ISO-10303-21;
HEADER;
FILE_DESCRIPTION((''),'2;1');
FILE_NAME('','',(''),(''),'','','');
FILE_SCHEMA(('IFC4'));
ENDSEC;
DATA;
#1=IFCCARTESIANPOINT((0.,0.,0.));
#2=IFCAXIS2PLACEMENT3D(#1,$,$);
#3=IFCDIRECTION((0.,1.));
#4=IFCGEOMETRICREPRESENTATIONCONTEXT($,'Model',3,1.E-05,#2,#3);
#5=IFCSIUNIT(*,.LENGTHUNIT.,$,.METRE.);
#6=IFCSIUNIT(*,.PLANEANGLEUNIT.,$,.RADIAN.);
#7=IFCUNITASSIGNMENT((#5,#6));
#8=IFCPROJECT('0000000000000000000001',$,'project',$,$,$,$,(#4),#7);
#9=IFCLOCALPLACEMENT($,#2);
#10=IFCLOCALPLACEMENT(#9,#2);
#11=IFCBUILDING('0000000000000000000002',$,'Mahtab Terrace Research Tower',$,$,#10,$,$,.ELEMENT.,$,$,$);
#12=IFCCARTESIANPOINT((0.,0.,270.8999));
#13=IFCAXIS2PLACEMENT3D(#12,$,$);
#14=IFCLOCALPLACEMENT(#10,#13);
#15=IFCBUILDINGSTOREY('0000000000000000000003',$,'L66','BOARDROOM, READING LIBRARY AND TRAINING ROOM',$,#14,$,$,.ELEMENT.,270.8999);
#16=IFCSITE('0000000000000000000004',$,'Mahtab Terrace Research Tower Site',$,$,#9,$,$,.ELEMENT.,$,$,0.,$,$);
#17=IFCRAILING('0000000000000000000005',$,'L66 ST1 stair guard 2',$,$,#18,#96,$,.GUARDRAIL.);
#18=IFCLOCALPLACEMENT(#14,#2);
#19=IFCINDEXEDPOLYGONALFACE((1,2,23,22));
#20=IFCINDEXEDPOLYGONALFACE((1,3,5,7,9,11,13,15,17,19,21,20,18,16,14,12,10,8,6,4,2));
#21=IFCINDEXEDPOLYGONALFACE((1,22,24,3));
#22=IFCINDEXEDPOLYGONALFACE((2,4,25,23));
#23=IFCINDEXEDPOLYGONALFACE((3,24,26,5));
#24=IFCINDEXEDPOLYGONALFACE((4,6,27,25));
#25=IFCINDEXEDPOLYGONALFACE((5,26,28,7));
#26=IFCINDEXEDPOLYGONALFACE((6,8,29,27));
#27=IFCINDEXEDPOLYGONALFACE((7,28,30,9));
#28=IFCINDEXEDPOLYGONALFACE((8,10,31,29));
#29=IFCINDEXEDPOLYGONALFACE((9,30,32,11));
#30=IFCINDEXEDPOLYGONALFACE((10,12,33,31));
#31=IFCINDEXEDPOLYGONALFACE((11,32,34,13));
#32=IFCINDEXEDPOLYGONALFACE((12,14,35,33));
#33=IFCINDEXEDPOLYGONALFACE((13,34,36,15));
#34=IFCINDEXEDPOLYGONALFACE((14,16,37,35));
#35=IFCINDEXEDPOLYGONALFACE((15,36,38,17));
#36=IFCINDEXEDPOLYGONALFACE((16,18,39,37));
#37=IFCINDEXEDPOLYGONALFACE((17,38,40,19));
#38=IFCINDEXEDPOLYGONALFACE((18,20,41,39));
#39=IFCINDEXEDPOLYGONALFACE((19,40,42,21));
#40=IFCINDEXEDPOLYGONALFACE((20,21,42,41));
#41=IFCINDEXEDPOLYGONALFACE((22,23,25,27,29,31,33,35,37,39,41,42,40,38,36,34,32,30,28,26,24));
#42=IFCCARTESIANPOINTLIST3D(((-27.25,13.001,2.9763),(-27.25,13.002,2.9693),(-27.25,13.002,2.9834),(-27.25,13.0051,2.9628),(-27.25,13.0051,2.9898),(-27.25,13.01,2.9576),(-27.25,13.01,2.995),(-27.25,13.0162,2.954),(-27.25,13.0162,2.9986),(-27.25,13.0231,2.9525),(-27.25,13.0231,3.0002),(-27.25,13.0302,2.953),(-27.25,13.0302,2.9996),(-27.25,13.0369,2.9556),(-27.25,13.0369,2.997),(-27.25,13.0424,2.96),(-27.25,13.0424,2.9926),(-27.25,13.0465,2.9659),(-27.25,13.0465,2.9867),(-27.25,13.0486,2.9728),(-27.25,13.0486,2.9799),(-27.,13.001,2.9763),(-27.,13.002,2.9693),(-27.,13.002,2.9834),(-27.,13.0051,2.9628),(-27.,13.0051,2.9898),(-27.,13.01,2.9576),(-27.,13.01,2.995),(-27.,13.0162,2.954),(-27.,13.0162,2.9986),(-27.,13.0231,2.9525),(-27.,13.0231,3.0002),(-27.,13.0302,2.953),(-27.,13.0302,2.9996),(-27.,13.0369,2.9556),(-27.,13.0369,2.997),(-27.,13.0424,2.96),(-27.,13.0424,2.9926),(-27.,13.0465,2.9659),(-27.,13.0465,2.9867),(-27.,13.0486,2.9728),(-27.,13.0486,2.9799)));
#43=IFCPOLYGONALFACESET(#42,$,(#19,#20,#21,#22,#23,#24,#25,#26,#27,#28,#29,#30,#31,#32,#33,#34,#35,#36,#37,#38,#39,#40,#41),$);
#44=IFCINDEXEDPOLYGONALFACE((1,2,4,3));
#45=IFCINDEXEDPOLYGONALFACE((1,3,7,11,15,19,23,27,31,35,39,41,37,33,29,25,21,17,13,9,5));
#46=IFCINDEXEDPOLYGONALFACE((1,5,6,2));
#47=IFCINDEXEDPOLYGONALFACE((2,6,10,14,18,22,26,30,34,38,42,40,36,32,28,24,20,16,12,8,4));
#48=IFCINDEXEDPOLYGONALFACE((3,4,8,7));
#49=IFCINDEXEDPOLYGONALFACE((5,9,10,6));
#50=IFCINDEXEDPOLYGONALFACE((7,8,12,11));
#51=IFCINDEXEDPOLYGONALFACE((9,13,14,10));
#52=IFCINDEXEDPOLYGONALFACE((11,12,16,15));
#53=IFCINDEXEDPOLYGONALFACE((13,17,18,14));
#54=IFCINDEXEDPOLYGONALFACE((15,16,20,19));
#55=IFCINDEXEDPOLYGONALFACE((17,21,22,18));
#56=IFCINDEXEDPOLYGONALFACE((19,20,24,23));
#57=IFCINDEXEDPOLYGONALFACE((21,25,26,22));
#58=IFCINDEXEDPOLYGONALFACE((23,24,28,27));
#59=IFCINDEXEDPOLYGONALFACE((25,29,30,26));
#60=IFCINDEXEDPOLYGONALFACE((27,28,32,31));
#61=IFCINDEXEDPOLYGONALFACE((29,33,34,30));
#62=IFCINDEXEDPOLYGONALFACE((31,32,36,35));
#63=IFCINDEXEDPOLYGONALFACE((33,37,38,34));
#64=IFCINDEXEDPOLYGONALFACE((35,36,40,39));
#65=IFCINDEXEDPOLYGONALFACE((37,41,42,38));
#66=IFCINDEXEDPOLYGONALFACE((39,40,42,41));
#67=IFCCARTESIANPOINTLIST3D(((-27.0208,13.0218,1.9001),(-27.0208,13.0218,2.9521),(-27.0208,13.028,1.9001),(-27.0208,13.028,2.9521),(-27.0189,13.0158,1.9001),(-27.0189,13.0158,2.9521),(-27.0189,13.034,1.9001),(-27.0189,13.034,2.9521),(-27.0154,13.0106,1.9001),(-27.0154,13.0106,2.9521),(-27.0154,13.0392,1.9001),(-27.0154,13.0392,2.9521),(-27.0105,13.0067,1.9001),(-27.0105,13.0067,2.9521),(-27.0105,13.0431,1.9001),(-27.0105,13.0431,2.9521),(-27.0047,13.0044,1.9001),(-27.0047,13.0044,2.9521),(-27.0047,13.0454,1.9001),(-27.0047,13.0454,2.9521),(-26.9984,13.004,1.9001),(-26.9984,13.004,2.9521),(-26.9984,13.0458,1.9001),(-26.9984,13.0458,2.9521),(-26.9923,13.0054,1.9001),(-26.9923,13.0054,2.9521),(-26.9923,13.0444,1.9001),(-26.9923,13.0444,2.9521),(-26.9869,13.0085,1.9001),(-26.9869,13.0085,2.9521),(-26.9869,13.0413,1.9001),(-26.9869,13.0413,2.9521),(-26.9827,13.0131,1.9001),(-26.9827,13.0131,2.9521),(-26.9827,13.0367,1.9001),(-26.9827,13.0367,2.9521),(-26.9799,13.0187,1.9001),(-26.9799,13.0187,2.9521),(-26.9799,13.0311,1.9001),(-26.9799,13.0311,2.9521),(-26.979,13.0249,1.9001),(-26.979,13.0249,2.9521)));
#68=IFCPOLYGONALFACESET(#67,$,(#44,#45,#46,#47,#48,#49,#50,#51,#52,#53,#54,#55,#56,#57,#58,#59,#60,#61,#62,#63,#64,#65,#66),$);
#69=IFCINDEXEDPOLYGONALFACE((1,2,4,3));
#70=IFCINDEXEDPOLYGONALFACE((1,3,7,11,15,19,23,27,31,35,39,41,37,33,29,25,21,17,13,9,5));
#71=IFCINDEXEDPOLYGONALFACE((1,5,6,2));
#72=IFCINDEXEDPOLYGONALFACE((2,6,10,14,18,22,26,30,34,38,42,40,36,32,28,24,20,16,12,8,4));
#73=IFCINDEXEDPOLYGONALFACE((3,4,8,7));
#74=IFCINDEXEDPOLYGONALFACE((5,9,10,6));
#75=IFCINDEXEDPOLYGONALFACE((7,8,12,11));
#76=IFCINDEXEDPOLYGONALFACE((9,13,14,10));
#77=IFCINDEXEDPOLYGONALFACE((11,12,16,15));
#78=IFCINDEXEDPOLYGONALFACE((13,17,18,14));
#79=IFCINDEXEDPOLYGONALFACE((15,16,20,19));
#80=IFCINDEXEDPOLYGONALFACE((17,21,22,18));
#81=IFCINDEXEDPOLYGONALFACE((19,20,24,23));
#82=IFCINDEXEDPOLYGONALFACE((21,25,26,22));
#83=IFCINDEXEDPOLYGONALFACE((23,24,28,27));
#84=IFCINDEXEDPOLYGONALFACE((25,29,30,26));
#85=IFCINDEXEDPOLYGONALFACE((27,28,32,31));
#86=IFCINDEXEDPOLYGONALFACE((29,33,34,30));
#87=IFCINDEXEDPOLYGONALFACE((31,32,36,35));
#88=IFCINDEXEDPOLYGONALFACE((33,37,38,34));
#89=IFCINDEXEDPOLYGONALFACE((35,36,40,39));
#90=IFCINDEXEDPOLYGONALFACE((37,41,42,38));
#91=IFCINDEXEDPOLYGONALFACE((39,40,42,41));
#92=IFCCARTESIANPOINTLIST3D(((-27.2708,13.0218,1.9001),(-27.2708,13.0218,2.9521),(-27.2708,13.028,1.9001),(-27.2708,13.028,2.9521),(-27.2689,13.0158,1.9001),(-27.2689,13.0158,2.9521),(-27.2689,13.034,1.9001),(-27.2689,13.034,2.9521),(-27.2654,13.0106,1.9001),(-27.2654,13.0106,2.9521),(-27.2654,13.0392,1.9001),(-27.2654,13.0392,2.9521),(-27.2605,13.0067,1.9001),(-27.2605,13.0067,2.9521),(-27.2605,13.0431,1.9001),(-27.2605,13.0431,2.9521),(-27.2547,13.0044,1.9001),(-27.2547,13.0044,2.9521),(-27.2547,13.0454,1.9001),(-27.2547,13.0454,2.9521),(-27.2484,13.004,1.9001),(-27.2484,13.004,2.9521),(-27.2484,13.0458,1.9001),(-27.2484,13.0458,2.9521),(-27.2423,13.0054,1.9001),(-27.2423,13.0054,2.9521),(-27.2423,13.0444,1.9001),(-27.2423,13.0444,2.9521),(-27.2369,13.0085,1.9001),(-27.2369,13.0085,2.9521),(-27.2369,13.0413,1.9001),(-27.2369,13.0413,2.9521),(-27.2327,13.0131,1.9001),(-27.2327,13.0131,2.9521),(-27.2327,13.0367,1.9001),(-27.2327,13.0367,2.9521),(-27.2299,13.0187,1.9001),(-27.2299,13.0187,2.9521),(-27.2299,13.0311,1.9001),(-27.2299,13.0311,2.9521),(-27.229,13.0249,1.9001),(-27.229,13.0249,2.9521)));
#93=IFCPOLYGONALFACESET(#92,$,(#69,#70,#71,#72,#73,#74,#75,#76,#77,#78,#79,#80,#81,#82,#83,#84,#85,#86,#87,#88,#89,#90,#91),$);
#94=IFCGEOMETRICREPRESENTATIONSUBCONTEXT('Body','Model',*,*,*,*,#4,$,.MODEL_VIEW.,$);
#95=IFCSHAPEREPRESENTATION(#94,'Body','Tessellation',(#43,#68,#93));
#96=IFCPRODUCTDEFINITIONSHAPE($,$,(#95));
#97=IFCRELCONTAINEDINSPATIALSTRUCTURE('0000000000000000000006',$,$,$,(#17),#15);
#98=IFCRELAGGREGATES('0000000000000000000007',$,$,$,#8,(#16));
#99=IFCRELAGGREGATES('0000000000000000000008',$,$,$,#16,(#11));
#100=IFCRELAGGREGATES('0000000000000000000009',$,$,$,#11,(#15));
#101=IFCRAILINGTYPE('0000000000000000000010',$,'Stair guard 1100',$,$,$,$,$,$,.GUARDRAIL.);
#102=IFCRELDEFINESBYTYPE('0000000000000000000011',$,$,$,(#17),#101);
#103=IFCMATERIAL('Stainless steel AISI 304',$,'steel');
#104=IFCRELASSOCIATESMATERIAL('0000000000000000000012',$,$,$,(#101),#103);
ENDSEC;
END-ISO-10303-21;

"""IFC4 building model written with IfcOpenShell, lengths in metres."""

from ifc_helpers import new_model, si_unit, direction, frame, origin, origin_2d, place, context, subcontext, project, spatial, circle, extrude, material, type_object, element, save


model = new_model("IFC4")

# Units and contexts
model_context = context("Model", 3, precision=1e-05, world=origin(), true_north=direction((0.0, 1.0)))
body_context = subcontext(model_context, "Body", "Model", "MODEL_VIEW")
ifc_project = project(units=[si_unit("LENGTHUNIT", "METRE"), si_unit("PLANEANGLEUNIT", "RADIAN")], contexts=[model_context])

# Site, building, storey
site_placement = place(None, origin())
site = spatial("IfcSite", under=ifc_project, at=site_placement, Name="Mahtab Terrace Research Tower Site", CompositionType="ELEMENT", RefElevation=0.0)
building_placement = place(site_placement, origin())
building = spatial("IfcBuilding", under=site, at=building_placement, Name="Mahtab Terrace Research Tower", CompositionType="ELEMENT")
storey_placement = place(building_placement, frame((0.0, 0.0, 270.8999)))
storey = spatial("IfcBuildingStorey", under=building, at=storey_placement, Name="L66", Description="BOARDROOM, READING LIBRARY AND TRAINING ROOM", CompositionType="ELEMENT", Elevation=270.8999)

# Railing
ifc_material_1 = material(Name="Stainless steel AISI 304", Category="steel")
railing_type_1 = type_object("IfcRailingType", Name="Stair guard 1100", PredefinedType="GUARDRAIL", material=ifc_material_1)
railing_1_placement = place(storey_placement, frame((-27.0, 13.0249, 1.9001)))
element("IfcRailing", 1, at=railing_1_placement, inside=storey, type_object=railing_type_1, Name="L66 ST1 stair guard 2", PredefinedType="GUARDRAIL", context=body_context, shape_type="SweptSolid", body=[
    extrude(circle(Radius=0.0239, at=origin_2d()), frame((0.0, 0.0, 1.0762), z_axis=(-1.0, 0.0, 0.0), x_axis=(0.0, -1.0, 0.0)), (0.0, 0.0, 1.0), 0.25),
    extrude(circle(Radius=0.021, at=origin_2d()), origin(), (0.0, 0.0, 1.0), 1.052),
    extrude(circle(Radius=0.021, at=origin_2d()), frame((-0.25, 0.0, 0.0)), (0.0, 0.0, 1.0), 1.052),
])

save(model, "model.ifc")
